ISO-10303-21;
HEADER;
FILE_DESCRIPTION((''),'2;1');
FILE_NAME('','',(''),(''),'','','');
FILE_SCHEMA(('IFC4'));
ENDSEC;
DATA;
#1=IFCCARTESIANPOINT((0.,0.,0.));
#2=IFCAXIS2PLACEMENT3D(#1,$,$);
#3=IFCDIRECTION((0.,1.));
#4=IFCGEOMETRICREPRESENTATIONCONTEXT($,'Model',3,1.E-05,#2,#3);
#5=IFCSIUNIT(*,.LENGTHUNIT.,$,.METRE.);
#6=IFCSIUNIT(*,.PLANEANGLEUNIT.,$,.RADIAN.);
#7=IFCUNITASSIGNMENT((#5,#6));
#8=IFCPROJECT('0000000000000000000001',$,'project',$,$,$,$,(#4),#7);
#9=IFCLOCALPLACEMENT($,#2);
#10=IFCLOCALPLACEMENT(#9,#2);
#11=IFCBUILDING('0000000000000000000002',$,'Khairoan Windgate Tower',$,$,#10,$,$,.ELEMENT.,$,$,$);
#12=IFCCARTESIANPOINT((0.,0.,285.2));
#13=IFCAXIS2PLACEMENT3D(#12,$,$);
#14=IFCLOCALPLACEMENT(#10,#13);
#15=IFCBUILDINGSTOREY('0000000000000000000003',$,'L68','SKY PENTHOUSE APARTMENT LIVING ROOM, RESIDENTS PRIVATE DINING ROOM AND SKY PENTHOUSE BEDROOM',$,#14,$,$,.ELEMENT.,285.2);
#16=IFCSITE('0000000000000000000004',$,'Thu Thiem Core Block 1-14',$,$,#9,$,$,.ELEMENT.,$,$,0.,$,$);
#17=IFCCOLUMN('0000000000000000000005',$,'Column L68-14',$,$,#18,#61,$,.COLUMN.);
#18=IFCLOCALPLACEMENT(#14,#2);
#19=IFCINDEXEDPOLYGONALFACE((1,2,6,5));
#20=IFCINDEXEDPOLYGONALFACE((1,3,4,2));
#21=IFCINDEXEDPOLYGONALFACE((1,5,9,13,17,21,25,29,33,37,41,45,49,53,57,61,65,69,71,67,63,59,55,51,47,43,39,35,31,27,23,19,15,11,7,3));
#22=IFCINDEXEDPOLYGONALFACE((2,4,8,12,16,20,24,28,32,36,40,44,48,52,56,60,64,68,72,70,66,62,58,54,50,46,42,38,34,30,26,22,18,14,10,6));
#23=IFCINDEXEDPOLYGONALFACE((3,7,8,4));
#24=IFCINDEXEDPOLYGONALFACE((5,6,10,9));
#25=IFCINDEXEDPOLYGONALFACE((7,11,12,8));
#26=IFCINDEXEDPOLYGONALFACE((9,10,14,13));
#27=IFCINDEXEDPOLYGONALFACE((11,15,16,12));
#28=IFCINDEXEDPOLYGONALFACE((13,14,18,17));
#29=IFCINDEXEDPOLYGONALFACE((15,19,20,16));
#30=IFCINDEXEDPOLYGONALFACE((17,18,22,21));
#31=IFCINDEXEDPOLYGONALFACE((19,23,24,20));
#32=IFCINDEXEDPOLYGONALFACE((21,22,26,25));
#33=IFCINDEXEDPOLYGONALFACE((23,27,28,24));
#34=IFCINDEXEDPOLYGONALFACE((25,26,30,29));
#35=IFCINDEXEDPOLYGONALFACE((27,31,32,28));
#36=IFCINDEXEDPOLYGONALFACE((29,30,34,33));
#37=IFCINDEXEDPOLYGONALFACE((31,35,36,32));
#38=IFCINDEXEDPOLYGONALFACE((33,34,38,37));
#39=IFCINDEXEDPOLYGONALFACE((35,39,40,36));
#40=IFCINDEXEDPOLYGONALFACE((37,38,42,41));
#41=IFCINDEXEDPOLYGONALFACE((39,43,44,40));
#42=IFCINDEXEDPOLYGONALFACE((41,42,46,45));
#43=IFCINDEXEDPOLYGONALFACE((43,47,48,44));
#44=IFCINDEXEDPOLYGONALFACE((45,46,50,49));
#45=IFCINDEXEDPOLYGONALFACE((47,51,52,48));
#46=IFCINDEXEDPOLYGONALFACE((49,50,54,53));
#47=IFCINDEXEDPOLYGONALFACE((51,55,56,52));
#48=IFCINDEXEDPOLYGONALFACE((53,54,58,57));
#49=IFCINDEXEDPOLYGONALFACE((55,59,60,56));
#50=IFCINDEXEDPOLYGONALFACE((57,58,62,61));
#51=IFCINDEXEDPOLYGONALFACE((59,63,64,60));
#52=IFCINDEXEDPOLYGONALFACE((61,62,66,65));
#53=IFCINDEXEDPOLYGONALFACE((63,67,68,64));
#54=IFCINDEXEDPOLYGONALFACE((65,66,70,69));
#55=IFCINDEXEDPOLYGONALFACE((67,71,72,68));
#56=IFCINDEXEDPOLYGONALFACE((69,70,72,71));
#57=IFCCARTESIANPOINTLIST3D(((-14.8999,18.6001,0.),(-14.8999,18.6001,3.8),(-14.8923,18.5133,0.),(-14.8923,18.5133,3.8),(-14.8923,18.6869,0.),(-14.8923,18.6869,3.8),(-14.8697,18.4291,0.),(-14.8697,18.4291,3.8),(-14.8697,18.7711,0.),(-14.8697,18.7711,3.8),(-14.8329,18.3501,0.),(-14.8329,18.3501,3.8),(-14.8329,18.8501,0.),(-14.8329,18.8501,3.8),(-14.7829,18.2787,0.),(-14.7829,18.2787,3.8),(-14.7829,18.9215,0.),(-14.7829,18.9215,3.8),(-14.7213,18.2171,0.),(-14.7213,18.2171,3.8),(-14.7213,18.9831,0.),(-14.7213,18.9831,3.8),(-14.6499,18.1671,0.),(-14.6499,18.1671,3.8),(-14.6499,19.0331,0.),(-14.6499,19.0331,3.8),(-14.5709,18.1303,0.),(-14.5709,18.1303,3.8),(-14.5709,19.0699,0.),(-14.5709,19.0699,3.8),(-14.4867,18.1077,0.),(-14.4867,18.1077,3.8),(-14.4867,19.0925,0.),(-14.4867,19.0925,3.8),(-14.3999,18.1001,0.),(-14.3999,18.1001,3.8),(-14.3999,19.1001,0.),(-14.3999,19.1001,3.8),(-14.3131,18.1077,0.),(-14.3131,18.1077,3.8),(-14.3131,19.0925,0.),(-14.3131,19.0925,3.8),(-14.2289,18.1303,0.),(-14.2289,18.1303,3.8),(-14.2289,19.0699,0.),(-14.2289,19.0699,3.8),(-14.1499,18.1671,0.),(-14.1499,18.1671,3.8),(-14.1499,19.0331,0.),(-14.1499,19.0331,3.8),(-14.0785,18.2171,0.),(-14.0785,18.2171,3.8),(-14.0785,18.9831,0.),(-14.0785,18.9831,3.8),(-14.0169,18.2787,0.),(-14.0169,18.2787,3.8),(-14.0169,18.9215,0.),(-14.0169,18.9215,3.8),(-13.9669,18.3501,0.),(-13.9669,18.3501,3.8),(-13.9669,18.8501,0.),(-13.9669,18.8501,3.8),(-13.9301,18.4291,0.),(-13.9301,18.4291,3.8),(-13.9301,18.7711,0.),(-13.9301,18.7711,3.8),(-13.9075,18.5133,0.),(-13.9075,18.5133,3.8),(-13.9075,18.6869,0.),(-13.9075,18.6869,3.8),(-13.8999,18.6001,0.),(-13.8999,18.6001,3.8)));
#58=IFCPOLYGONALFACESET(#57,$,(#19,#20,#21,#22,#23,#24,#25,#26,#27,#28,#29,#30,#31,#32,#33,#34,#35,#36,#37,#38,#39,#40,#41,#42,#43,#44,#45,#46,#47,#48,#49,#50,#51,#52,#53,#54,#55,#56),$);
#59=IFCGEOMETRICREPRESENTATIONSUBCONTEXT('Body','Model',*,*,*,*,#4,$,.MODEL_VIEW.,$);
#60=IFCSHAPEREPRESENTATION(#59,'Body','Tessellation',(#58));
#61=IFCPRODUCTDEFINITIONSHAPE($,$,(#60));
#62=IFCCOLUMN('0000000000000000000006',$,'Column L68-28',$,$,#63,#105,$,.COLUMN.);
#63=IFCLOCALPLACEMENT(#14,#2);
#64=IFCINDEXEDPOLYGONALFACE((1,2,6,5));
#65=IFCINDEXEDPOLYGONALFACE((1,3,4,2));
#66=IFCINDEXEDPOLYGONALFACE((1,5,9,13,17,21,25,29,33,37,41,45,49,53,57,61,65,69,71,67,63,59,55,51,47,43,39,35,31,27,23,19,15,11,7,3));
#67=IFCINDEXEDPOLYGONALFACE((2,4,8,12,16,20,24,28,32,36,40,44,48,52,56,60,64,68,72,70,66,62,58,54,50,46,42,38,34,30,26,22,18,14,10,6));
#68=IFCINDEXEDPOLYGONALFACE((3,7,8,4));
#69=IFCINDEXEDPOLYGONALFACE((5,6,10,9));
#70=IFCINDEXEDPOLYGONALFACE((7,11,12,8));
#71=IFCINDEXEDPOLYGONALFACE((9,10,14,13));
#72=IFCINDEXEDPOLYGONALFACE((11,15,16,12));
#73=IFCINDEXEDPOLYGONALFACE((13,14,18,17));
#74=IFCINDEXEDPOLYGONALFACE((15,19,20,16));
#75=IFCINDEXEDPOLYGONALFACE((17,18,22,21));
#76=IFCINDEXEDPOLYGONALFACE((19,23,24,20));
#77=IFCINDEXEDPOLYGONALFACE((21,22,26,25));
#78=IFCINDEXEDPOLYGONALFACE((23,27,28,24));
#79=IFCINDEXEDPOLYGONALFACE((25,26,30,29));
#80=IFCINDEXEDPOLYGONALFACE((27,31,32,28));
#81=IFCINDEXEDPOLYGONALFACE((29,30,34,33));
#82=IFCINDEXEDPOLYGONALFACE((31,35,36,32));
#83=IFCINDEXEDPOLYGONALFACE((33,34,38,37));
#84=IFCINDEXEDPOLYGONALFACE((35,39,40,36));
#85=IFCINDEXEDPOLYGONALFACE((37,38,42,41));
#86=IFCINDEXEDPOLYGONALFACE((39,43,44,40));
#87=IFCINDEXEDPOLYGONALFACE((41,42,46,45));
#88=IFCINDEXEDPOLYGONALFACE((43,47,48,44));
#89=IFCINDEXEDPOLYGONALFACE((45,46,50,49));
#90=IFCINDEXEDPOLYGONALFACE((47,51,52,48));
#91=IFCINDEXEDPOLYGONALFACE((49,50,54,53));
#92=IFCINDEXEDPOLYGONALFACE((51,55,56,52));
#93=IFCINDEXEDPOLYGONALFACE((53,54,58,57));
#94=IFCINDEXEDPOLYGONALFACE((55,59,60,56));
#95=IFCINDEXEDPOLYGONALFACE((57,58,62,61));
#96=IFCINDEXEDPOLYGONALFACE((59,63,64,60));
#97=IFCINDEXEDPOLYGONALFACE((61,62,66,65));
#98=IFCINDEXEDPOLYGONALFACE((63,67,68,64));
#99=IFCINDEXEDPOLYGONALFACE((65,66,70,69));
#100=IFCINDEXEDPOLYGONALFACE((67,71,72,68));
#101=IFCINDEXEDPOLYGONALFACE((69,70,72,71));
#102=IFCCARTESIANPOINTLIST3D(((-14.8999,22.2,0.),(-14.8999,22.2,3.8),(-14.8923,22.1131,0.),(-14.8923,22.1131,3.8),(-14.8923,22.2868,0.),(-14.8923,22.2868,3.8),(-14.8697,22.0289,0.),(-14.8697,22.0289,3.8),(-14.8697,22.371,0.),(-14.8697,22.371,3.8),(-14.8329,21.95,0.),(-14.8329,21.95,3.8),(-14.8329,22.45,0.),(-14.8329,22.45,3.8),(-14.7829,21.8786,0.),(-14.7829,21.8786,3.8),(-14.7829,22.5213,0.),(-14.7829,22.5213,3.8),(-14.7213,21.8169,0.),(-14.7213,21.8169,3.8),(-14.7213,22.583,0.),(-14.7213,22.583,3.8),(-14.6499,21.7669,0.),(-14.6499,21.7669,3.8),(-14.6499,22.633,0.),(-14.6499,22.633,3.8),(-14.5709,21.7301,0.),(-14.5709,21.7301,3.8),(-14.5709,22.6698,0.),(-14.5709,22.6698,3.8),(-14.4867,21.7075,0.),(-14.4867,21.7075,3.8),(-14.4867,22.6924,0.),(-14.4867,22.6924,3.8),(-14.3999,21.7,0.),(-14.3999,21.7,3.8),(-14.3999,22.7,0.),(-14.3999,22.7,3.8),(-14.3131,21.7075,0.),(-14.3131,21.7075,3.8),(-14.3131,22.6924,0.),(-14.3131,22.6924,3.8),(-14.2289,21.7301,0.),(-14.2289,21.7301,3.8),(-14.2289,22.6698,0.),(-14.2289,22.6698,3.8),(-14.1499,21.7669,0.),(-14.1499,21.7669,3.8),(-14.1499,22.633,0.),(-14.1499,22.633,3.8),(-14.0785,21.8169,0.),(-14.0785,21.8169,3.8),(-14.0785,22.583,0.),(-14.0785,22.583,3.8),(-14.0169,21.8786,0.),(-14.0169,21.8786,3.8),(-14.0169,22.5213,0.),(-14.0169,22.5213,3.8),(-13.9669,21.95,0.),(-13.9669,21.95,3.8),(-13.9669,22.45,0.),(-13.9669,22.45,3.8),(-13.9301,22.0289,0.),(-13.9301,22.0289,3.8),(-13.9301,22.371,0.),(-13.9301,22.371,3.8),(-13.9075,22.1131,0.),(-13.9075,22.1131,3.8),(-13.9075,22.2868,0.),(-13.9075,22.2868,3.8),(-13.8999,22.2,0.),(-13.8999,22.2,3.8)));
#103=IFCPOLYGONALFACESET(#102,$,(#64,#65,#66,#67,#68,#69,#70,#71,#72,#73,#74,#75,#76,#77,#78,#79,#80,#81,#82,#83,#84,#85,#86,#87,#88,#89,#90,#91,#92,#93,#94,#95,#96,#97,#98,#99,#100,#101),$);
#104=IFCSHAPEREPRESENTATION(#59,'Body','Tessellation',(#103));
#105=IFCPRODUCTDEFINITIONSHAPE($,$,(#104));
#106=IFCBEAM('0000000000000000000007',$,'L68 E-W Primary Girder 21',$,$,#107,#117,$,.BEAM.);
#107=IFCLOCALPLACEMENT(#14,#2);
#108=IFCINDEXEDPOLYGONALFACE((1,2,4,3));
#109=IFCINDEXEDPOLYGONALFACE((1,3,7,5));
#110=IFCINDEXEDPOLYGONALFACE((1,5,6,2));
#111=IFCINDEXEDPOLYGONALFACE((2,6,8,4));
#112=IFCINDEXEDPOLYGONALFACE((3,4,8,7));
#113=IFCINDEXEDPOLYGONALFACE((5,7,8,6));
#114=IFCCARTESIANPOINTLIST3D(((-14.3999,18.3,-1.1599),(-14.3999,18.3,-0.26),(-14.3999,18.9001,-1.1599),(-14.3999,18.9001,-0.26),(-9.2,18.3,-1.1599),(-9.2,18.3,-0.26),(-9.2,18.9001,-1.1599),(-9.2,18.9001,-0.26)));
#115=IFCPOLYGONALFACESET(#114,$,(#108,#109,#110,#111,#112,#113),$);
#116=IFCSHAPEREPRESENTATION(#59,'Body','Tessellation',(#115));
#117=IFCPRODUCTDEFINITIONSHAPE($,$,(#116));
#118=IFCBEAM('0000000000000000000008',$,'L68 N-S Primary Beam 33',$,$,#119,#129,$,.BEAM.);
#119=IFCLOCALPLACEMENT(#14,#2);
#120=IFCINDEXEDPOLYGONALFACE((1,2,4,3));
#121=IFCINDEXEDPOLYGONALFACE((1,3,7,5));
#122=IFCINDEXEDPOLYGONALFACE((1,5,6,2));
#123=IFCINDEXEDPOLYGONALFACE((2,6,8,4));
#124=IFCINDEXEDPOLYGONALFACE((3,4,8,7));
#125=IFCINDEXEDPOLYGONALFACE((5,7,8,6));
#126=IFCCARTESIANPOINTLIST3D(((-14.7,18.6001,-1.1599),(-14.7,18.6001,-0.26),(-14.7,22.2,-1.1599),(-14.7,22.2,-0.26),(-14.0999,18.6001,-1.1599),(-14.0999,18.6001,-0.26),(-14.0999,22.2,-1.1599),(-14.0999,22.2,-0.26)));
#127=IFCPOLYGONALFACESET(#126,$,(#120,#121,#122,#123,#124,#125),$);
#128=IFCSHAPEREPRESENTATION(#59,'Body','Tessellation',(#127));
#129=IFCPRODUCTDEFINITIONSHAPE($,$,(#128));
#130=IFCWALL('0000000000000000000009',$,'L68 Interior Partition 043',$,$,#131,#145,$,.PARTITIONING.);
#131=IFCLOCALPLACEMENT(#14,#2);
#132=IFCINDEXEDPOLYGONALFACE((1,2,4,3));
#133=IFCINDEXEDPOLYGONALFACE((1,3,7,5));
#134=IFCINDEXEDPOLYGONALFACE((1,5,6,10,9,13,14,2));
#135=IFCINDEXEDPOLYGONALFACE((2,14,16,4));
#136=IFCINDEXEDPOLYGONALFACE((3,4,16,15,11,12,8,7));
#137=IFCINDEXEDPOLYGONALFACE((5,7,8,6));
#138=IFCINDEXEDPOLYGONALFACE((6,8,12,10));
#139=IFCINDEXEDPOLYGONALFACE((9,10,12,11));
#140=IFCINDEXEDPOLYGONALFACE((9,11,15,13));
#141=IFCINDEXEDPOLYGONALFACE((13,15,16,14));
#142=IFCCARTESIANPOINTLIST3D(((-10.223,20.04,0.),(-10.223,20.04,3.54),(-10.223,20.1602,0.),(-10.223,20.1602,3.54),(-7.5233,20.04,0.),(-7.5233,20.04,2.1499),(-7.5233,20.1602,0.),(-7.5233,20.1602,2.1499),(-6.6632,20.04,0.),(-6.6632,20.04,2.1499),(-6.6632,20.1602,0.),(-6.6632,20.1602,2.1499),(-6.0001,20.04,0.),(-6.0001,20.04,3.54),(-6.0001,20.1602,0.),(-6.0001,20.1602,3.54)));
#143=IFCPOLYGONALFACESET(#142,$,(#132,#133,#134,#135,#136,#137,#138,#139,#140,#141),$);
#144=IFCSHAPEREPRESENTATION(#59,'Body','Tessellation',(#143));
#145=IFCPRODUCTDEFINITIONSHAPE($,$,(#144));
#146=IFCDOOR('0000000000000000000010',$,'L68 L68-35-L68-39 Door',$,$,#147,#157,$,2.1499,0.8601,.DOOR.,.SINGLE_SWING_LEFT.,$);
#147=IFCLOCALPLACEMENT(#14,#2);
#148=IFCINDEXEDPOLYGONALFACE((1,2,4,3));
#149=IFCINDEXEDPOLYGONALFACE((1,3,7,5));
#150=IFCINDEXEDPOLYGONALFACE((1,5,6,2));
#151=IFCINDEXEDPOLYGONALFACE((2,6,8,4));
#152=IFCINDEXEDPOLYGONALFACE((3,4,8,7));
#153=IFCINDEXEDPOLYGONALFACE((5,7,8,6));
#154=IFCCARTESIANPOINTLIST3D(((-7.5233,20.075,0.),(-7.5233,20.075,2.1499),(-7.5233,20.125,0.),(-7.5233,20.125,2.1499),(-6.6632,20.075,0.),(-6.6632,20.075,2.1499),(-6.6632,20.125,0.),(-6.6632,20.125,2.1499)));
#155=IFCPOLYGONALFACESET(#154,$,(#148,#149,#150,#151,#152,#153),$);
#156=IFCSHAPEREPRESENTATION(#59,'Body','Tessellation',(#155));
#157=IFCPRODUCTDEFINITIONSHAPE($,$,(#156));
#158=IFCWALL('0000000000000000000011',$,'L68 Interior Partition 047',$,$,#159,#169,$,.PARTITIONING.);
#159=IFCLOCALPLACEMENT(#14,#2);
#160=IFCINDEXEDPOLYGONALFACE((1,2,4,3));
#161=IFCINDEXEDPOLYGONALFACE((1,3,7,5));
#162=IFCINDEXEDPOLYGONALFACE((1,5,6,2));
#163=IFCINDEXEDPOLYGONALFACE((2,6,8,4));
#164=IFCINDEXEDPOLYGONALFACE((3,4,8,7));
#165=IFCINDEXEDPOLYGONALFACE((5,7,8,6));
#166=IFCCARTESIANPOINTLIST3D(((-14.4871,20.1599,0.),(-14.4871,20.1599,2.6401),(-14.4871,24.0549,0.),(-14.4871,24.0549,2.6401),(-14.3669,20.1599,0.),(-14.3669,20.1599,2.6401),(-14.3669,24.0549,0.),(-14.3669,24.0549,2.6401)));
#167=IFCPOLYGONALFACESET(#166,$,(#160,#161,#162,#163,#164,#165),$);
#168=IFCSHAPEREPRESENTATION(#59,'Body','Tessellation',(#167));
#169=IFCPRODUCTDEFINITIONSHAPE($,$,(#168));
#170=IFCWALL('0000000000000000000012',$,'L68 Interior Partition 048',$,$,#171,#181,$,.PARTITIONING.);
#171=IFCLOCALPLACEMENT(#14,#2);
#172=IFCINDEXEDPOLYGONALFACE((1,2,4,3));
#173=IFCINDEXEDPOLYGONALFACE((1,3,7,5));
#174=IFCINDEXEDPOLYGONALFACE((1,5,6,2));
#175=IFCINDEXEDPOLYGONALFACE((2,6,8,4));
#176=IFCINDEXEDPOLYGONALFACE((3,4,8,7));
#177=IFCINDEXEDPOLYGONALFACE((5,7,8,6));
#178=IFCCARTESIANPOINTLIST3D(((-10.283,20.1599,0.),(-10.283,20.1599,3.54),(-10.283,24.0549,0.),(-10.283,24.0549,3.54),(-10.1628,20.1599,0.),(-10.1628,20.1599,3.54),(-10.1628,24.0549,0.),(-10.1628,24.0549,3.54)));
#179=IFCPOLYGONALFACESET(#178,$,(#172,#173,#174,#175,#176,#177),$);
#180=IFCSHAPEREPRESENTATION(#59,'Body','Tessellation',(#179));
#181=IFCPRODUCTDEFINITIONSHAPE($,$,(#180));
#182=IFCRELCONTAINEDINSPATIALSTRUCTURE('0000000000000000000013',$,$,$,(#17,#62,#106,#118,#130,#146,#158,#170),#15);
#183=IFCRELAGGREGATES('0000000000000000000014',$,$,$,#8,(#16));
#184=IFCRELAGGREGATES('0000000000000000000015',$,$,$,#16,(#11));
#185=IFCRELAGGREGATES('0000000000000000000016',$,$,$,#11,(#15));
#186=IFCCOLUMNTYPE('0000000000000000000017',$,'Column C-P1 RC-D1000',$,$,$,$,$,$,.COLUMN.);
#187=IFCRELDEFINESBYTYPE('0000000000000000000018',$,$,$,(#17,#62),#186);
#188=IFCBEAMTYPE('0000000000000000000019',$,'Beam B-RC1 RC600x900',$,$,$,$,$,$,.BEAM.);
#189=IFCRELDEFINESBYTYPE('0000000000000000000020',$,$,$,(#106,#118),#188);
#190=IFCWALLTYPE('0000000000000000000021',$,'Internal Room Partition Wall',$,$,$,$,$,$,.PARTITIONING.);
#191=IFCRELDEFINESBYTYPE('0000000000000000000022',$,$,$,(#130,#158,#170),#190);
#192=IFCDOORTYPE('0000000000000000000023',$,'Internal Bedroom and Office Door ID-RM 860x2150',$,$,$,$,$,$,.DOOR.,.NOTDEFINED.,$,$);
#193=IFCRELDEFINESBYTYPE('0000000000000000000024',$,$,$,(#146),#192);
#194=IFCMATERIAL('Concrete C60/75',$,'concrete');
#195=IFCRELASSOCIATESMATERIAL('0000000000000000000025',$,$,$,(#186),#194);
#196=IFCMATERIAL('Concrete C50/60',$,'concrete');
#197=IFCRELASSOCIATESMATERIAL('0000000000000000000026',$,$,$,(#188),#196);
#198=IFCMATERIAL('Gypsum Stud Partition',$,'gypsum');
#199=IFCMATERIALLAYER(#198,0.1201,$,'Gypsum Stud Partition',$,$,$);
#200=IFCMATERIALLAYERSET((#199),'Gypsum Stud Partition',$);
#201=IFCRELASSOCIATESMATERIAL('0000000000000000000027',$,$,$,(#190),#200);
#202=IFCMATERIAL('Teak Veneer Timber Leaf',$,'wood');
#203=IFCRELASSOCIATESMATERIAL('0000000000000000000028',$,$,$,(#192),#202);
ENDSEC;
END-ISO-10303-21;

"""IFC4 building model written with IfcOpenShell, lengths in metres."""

from ifc_helpers import new_model, si_unit, direction, frame, frame_2d, origin, origin_2d, place, context, subcontext, project, spatial, rectangle, circle, extrude, material, layer, layer_set, material_profile, profile_set, type_object, element, fill, save


model = new_model("IFC4")

# Units and contexts
model_context = context("Model", 3, precision=1e-05, world=origin(), true_north=direction((0.0, 1.0)))
body_context = subcontext(model_context, "Body", "Model", "MODEL_VIEW")
ifc_project = project(units=[si_unit("LENGTHUNIT", "METRE"), si_unit("PLANEANGLEUNIT", "RADIAN")], contexts=[model_context])

# Site, building, storey
site_placement = place(None, origin())
site = spatial("IfcSite", under=ifc_project, at=site_placement, Name="Thu Thiem Core Block 1-14", CompositionType="ELEMENT", RefElevation=0.0)
building_placement = place(site_placement, origin())
building = spatial("IfcBuilding", under=site, at=building_placement, Name="Khairoan Windgate Tower", CompositionType="ELEMENT")
storey_placement = place(building_placement, frame((0.0, 0.0, 285.2)))
storey = spatial("IfcBuildingStorey", under=building, at=storey_placement, Name="L68", Description="SKY PENTHOUSE APARTMENT LIVING ROOM, RESIDENTS PRIVATE DINING ROOM AND SKY PENTHOUSE BEDROOM", CompositionType="ELEMENT", Elevation=285.2)

# Columns
ifc_material_1 = material(Name="Concrete C60/75", Category="concrete")
ifc_material_profile_1 = material_profile(ifc_material_1, circle(Radius=0.5, at=origin_2d()))
ifc_profile_set_1 = profile_set([ifc_material_profile_1], Name="Concrete C60/75")
column_type = type_object("IfcColumnType", Name="Column C-P1 RC-D1000", PredefinedType="COLUMN", material=ifc_profile_set_1)
for number, where, z_axis, x_axis, name in (
    (1, (-14.3999, 18.6001, 0.0), (0.0, 0.0, 1.0), (1.0, 0.0, 0.0), "Column L68-14"),
    (2, (-14.3999, 22.2, 0.0), (0.0, 0.0, 1.0), (1.0, 0.0, 0.0), "Column L68-28"),
):
    element("IfcColumn", number, at=place(storey_placement, frame(where, z_axis=z_axis, x_axis=x_axis)), inside=storey, type_object=column_type, Name=name, PredefinedType="COLUMN", context=body_context, shape_type="SweptSolid", body=[
        extrude(circle(Radius=0.5, at=origin_2d()), origin(), (0.0, 0.0, 1.0), 3.8),
    ])

# Beams
ifc_material_2 = material(Name="Concrete C50/60", Category="concrete")
ifc_material_profile_2 = material_profile(ifc_material_2, rectangle(XDim=0.6001, YDim=0.8999, at=origin_2d()))
ifc_profile_set_2 = profile_set([ifc_material_profile_2], Name="Concrete C50/60")
beam_type = type_object("IfcBeamType", Name="Beam B-RC1 RC600x900", PredefinedType="BEAM", material=ifc_profile_set_2)
beam_1_placement = place(storey_placement, frame((-14.3999, 18.6001, -0.71), z_axis=(1.0, 0.0, 0.0), x_axis=(0.0, 1.0, 0.0)))
element("IfcBeam", 3, at=beam_1_placement, inside=storey, type_object=beam_type, Name="L68 E-W Primary Girder 21", PredefinedType="BEAM", context=body_context, shape_type="SweptSolid", body=[
    extrude(rectangle(XDim=0.6001, YDim=0.8999, at=origin_2d()), origin(), (0.0, 0.0, 1.0), 5.2),
])
beam_2_placement = place(storey_placement, frame((-14.3999, 18.6001, -0.71), z_axis=(0.0, 1.0, 0.0), x_axis=(-1.0, 0.0, 0.0)))
element("IfcBeam", 4, at=beam_2_placement, inside=storey, type_object=beam_type, Name="L68 N-S Primary Beam 33", PredefinedType="BEAM", context=body_context, shape_type="SweptSolid", body=[
    extrude(rectangle(XDim=0.6001, YDim=0.8999, at=origin_2d()), origin(), (0.0, 0.0, 1.0), 3.5999),
])

# Wall, opening, door
ifc_material_3 = material(Name="Gypsum Stud Partition", Category="gypsum")
ifc_layer_1 = layer(ifc_material_3, 0.1201, Name="Gypsum Stud Partition")
ifc_layer_set_1 = layer_set([ifc_layer_1], Name="Gypsum Stud Partition")
wall_type = type_object("IfcWallType", Name="Internal Room Partition Wall", PredefinedType="PARTITIONING", material=ifc_layer_set_1)
wall_1_placement = place(storey_placement, frame((-10.2229, 20.1001, 0.0), z_axis=(0.0, 0.0, 1.0), x_axis=(1.0, 0.0, 0.0)))
wall_1 = element("IfcWall", 5, at=wall_1_placement, inside=storey, type_object=wall_type, Name="L68 Interior Partition 043", PredefinedType="PARTITIONING", context=body_context, shape_type="SweptSolid", body=[
    extrude(rectangle(XDim=4.2229, YDim=0.1201, at=frame_2d((2.1113, 0.0))), origin(), (0.0, 0.0, 1.0), 3.54),
])
opening_placement = place(wall_1_placement, frame((2.6995, 0.0, 0.0)))
opening = element("IfcOpeningElement", 6, at=opening_placement, cuts=wall_1, PredefinedType="OPENING", context=body_context, shape_type="SweptSolid", body=[
    extrude(rectangle(XDim=0.8601, YDim=2.1499, at=frame_2d((0.4302, 1.075))), frame((0.0, 0.0701, 0.0), z_axis=(0.0, -1.0, 0.0), x_axis=(1.0, 0.0, 0.0)), (0.0, 0.0, 1.0), 0.1401),
])
ifc_material_4 = material(Name="Teak Veneer Timber Leaf", Category="wood")
door_type = type_object("IfcDoorType", Name="Internal Bedroom and Office Door ID-RM 860x2150", OperationType="NOTDEFINED", PredefinedType="DOOR", material=ifc_material_4)
door_placement = place(opening_placement, origin())
door = element("IfcDoor", 7, at=door_placement, inside=storey, type_object=door_type, Name="L68 L68-35-L68-39 Door", OperationType="SINGLE_SWING_LEFT", OverallHeight=2.1499, OverallWidth=0.8601, PredefinedType="DOOR", context=body_context, shape_type="SweptSolid", body=[
    extrude(rectangle(XDim=0.8601, YDim=2.1499, at=frame_2d((0.4302, 1.075))), frame((0.0, 0.0249, 0.0), z_axis=(0.0, -1.0, 0.0), x_axis=(1.0, 0.0, 0.0)), (0.0, 0.0, 1.0), 0.05),
])
fill(opening, door)

# Walls
wall_2_placement = place(storey_placement, frame((-14.427, 20.1599, 0.0), z_axis=(0.0, 0.0, 1.0), x_axis=(0.0, 1.0, 0.0)))
element("IfcWall", 8, at=wall_2_placement, inside=storey, type_object=wall_type, Name="L68 Interior Partition 047", PredefinedType="PARTITIONING", context=body_context, shape_type="SweptSolid", body=[
    extrude(rectangle(XDim=3.895, YDim=0.1201, at=frame_2d((1.9475, 0.0))), origin(), (0.0, 0.0, 1.0), 2.6401),
])
wall_3_placement = place(storey_placement, frame((-10.2229, 20.1599, 0.0), z_axis=(0.0, 0.0, 1.0), x_axis=(0.0, 1.0, 0.0)))
element("IfcWall", 9, at=wall_3_placement, inside=storey, type_object=wall_type, Name="L68 Interior Partition 048", PredefinedType="PARTITIONING", context=body_context, shape_type="SweptSolid", body=[
    extrude(rectangle(XDim=3.895, YDim=0.1201, at=frame_2d((1.9475, 0.0))), origin(), (0.0, 0.0, 1.0), 3.54),
])

save(model, "model.ifc")
